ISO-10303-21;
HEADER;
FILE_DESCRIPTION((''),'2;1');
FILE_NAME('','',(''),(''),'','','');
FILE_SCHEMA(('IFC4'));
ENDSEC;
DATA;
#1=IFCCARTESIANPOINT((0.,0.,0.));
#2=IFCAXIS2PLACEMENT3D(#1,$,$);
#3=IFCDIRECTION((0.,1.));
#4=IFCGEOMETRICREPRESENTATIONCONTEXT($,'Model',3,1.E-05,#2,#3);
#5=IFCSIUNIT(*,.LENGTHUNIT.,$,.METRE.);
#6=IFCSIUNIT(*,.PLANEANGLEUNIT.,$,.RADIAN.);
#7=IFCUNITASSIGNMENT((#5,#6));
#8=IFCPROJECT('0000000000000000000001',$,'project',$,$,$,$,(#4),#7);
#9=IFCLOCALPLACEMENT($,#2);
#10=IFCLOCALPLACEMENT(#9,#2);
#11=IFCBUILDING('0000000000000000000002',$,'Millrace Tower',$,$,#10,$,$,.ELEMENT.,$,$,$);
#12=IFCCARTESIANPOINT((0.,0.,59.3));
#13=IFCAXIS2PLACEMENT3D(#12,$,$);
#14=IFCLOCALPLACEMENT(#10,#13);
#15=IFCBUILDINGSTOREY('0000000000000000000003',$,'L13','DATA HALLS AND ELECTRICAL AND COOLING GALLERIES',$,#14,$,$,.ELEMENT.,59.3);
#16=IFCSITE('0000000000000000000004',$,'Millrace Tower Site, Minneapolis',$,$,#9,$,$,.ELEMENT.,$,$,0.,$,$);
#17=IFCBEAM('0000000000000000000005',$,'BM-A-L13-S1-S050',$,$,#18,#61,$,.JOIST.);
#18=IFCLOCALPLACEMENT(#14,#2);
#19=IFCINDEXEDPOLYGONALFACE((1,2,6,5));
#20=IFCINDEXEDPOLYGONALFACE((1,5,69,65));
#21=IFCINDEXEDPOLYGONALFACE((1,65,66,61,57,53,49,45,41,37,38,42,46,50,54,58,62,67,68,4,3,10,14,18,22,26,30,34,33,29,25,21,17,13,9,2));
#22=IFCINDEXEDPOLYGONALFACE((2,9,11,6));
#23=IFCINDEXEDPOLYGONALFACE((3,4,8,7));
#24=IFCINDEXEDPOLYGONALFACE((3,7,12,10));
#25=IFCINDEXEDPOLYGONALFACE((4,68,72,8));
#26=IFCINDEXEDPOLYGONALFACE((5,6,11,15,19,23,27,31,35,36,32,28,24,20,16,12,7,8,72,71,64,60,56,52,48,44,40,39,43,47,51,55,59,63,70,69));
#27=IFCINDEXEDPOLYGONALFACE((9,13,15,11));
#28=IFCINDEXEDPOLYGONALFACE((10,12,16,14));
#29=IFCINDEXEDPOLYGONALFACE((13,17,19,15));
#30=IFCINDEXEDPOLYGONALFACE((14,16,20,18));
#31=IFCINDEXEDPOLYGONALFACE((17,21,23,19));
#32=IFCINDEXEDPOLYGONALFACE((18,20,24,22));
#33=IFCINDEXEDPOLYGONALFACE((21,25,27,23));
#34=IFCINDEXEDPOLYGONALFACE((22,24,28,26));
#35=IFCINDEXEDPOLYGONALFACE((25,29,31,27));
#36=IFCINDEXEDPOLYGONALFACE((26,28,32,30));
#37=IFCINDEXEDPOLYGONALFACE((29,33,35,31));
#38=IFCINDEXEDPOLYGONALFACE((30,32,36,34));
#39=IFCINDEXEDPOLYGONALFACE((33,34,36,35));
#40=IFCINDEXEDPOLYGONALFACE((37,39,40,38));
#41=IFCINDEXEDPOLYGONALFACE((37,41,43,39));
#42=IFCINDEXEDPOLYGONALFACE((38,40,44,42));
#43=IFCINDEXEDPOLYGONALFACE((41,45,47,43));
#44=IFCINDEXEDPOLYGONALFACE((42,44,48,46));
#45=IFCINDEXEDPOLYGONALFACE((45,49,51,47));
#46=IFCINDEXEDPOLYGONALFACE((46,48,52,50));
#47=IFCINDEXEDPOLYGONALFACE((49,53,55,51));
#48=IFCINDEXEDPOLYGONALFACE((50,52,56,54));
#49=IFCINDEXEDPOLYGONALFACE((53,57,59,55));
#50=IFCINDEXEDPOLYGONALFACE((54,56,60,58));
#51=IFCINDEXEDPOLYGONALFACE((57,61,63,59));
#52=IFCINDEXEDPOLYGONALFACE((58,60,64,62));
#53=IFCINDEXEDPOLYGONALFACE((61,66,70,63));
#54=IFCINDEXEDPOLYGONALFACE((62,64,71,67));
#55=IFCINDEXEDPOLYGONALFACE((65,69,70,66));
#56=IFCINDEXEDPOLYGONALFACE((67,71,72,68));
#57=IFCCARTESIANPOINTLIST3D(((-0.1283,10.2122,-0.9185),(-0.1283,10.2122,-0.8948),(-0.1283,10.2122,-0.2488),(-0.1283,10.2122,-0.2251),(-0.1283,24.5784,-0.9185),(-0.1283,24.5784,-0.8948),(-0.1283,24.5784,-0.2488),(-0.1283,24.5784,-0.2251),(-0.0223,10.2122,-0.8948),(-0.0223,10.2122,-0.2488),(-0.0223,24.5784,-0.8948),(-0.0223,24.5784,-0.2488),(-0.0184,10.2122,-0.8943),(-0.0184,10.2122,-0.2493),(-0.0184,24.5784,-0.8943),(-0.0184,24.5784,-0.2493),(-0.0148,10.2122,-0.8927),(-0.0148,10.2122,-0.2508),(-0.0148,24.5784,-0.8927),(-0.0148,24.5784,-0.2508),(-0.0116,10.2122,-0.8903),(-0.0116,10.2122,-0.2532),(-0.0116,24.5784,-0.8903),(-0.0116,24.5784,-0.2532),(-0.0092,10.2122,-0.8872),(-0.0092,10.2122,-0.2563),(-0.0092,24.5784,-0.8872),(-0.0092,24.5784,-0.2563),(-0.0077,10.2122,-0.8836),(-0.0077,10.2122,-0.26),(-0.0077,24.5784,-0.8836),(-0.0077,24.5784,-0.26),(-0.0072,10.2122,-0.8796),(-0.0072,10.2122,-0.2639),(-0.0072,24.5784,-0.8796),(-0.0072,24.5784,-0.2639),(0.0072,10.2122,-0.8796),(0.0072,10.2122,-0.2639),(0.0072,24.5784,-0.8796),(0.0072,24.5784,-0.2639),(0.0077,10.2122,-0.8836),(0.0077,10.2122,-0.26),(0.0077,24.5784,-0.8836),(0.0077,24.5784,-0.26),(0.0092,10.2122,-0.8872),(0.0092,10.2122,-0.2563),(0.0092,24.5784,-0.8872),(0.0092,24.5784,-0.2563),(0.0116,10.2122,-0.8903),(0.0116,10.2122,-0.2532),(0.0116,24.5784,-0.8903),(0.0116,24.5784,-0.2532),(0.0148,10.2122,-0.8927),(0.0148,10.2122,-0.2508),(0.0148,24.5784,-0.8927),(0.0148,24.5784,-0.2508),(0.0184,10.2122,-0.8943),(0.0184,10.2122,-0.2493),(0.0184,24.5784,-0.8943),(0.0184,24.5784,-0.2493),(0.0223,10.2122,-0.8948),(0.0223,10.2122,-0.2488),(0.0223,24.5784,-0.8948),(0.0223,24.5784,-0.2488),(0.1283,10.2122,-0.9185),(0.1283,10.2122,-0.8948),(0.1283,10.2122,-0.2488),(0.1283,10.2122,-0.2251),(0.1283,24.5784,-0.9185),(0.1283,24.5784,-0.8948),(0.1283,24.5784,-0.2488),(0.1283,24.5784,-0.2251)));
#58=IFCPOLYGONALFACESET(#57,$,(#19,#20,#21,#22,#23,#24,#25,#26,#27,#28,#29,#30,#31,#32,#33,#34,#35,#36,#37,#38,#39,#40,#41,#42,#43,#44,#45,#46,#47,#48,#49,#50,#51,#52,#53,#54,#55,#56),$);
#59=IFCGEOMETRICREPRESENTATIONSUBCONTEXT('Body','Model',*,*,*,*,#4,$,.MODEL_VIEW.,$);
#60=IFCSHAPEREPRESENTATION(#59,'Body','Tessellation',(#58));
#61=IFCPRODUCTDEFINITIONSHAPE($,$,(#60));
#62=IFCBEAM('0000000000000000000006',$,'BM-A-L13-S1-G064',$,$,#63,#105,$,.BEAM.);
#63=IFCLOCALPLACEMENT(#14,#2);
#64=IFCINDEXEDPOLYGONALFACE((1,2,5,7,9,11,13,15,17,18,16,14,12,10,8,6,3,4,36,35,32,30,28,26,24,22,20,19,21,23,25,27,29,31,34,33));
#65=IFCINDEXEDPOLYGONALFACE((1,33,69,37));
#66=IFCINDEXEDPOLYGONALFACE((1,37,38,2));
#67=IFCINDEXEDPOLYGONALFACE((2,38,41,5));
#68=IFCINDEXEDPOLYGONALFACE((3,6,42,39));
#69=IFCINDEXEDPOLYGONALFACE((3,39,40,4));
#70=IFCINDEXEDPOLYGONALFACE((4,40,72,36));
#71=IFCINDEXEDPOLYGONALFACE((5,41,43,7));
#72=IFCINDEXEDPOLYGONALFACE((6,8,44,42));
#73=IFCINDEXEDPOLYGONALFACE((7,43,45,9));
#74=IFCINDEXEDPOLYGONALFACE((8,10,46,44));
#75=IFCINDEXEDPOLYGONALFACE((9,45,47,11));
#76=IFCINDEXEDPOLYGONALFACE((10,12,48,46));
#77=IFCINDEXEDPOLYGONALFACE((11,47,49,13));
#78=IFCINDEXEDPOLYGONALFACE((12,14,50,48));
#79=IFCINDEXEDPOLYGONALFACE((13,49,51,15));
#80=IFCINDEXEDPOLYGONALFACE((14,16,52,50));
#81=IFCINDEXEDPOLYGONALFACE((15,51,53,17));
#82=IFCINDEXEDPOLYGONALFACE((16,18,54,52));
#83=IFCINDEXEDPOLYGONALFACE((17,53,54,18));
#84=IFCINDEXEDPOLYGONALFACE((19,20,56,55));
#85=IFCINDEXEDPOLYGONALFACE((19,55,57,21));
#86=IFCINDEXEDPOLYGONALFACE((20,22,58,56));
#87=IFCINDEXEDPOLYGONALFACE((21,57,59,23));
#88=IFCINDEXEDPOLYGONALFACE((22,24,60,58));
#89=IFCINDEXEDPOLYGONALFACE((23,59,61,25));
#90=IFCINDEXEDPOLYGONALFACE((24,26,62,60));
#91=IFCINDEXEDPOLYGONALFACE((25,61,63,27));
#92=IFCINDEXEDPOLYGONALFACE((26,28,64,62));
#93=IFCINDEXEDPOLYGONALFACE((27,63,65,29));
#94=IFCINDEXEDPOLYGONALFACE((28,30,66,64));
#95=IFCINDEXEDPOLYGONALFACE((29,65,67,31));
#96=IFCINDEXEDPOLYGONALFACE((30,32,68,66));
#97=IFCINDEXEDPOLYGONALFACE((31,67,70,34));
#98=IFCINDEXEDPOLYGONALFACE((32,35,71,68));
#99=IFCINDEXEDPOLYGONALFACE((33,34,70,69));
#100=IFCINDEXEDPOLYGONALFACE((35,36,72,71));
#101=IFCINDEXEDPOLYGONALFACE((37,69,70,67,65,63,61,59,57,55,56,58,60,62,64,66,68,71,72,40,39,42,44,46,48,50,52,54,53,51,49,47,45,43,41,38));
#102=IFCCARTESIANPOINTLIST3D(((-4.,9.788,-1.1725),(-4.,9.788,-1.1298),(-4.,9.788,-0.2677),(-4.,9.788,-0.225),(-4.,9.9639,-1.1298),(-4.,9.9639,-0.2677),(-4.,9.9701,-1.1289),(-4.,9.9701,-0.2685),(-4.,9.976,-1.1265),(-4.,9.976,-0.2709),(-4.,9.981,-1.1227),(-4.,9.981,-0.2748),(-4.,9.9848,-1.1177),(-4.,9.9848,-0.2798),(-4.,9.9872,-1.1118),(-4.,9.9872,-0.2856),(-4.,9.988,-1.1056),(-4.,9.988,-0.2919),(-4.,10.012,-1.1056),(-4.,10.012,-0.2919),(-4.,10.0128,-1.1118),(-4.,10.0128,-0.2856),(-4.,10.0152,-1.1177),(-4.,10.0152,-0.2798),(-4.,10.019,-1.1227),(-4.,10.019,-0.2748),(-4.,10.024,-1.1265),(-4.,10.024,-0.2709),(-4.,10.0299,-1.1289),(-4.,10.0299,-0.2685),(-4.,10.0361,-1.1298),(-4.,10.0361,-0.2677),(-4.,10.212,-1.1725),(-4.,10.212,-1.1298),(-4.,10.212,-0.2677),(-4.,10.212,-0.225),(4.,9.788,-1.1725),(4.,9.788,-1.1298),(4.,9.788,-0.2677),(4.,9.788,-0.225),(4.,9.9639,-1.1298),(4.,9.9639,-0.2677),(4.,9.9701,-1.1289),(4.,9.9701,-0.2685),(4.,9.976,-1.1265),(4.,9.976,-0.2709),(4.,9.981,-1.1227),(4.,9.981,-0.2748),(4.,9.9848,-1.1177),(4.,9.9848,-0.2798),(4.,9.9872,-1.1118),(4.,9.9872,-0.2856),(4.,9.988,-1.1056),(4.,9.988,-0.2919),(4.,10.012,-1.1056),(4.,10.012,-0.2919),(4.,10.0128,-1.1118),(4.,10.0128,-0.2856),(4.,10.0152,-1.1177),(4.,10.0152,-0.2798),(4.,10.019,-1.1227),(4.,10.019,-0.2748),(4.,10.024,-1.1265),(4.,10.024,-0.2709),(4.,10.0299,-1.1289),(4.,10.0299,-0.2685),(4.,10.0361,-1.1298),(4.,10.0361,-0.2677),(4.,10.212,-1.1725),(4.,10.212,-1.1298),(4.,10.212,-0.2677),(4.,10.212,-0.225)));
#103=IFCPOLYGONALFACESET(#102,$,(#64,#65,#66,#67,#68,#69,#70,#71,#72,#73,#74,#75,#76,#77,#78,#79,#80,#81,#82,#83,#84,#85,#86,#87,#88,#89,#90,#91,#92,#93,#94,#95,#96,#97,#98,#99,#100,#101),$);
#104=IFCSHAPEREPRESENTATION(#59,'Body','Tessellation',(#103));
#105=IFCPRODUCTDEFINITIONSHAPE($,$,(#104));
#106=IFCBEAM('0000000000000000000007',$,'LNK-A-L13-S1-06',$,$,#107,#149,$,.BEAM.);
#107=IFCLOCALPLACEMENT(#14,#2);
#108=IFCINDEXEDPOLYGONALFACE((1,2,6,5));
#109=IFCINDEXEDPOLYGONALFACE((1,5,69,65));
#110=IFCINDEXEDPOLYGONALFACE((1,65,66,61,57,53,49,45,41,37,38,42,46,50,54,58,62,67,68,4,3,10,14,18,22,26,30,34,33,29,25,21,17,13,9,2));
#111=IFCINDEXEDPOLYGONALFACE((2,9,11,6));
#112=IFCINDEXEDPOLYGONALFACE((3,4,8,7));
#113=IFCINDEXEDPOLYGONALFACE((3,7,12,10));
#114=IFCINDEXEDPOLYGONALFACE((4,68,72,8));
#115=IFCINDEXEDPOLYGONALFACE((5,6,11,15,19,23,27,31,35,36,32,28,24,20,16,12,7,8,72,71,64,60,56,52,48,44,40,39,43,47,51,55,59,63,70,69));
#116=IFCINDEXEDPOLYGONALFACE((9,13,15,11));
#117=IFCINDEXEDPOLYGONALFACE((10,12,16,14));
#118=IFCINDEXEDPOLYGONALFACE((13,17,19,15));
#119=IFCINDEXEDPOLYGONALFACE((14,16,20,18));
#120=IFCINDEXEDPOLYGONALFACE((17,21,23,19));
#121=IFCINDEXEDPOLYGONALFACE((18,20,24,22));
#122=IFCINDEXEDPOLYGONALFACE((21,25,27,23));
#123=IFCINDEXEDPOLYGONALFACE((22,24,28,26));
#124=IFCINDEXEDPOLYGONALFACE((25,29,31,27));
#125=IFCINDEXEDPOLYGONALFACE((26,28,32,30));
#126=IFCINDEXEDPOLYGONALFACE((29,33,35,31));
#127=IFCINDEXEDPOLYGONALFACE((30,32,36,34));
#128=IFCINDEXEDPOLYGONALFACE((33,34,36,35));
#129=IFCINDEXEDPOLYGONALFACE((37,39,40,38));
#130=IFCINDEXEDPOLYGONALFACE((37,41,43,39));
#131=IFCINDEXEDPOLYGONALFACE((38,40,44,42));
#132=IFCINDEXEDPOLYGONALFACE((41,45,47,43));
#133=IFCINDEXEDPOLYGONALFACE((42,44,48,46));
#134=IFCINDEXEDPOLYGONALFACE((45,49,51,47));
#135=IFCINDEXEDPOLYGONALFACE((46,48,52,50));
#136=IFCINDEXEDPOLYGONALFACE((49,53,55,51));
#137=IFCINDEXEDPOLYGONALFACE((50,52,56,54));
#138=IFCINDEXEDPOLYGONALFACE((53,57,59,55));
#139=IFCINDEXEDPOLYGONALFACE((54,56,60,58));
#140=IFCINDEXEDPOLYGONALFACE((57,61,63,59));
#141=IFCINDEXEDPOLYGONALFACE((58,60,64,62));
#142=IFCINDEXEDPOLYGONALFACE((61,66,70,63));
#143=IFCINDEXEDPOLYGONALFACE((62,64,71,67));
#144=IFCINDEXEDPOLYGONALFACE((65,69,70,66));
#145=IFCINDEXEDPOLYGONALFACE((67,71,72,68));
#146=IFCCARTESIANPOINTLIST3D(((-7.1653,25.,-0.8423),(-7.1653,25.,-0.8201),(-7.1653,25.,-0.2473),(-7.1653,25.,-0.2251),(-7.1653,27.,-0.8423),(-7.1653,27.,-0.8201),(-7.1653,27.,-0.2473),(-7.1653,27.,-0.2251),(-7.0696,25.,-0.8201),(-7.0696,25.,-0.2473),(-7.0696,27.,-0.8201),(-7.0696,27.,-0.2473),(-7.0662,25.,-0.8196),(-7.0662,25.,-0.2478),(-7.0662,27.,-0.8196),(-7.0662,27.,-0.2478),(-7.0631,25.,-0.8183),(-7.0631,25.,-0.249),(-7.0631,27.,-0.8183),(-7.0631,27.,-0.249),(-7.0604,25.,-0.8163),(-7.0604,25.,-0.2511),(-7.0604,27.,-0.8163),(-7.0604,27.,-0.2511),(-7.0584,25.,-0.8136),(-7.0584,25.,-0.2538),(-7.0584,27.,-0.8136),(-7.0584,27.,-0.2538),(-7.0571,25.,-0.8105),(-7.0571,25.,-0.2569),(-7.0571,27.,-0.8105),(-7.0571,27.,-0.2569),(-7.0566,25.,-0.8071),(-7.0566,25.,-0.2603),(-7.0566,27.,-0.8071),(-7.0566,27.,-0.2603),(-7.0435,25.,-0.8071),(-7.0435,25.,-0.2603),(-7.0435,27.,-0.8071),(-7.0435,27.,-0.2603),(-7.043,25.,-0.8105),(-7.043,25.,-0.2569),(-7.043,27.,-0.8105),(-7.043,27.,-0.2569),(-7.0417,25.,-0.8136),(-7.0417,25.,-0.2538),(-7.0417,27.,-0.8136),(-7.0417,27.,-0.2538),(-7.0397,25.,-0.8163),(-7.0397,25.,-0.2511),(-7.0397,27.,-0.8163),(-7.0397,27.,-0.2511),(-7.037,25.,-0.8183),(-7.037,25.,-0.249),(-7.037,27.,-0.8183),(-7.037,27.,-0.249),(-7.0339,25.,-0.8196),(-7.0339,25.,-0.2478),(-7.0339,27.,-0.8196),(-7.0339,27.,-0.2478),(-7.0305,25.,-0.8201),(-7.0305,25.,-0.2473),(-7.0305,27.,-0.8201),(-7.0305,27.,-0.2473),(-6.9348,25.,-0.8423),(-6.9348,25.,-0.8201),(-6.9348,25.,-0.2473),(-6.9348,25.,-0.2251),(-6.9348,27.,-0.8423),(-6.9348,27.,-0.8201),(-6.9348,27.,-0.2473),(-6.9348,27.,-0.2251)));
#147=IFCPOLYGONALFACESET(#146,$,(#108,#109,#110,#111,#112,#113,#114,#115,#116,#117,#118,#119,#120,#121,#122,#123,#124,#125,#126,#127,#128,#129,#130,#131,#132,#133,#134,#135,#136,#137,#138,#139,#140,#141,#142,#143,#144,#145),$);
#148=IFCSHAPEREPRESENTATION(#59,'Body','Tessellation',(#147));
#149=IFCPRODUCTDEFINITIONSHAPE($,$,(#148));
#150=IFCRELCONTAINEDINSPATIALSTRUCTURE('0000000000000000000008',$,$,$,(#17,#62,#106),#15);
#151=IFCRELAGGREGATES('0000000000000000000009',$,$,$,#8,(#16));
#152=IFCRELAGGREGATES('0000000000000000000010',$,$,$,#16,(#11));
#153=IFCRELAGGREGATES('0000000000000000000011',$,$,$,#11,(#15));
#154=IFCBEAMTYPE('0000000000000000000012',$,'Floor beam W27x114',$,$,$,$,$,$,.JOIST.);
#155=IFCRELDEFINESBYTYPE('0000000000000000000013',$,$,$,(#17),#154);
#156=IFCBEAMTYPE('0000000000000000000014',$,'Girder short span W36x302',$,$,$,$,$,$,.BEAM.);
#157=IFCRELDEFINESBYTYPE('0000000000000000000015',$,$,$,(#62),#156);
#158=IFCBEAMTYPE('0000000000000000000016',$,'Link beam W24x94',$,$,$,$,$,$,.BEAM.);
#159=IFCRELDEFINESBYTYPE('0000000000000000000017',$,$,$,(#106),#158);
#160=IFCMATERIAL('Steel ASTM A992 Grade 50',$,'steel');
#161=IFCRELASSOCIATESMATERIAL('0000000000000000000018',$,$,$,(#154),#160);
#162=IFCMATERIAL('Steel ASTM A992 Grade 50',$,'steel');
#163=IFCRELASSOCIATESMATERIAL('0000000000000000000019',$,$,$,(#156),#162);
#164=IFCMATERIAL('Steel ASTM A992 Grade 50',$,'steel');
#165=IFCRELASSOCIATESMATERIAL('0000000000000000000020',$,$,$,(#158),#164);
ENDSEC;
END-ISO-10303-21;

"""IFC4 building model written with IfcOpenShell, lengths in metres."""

from ifc_helpers import new_model, si_unit, direction, frame, origin, origin_2d, place, context, subcontext, project, spatial, i_section, extrude, material, material_profile, profile_set, type_object, element, save


model = new_model("IFC4")

# Units and contexts
model_context = context("Model", 3, precision=1e-05, world=origin(), true_north=direction((0.0, 1.0)))
body_context = subcontext(model_context, "Body", "Model", "MODEL_VIEW")
ifc_project = project(units=[si_unit("LENGTHUNIT", "METRE"), si_unit("PLANEANGLEUNIT", "RADIAN")], contexts=[model_context])

# Site, building, storey
site_placement = place(None, origin())
site = spatial("IfcSite", under=ifc_project, at=site_placement, Name="Millrace Tower Site, Minneapolis", CompositionType="ELEMENT", RefElevation=0.0)
building_placement = place(site_placement, origin())
building = spatial("IfcBuilding", under=site, at=building_placement, Name="Millrace Tower", CompositionType="ELEMENT")
storey_placement = place(building_placement, frame((0.0, 0.0, 59.3)))
storey = spatial("IfcBuildingStorey", under=building, at=storey_placement, Name="L13", Description="DATA HALLS AND ELECTRICAL AND COOLING GALLERIES", CompositionType="ELEMENT", Elevation=59.3)

# Beams
ifc_material_1 = material(Name="Steel ASTM A992 Grade 50", Category="steel")
ifc_material_profile_1 = material_profile(ifc_material_1, i_section(OverallWidth=0.2566, OverallDepth=0.6934, WebThickness=0.0144, FlangeThickness=0.0237, FilletRadius=0.0151, at=origin_2d()))
ifc_profile_set_1 = profile_set([ifc_material_profile_1], Name="Steel ASTM A992 Grade 50")
beam_type_1 = type_object("IfcBeamType", Name="Floor beam W27x114", PredefinedType="JOIST", material=ifc_profile_set_1)
for number, where, z_axis, x_axis, name in (
    (1, (0.0, 10.2122, -0.5718), (0.0, 1.0, 0.0), (-1.0, 0.0, 0.0), "BM-A-L13-S1-S050"),
):
    element("IfcBeam", number, at=place(storey_placement, frame(where, z_axis=z_axis, x_axis=x_axis)), inside=storey, type_object=beam_type_1, Name=name, PredefinedType="JOIST", context=body_context, shape_type="SweptSolid", body=[
        extrude(i_section(OverallWidth=0.2566, OverallDepth=0.6934, WebThickness=0.0144, FlangeThickness=0.0237, FilletRadius=0.0151, at=origin_2d()), origin(), (0.0, 0.0, 1.0), 14.3662),
    ])
ifc_material_2 = material(Name="Steel ASTM A992 Grade 50", Category="steel")
ifc_material_profile_2 = material_profile(ifc_material_2, i_section(OverallWidth=0.4241, OverallDepth=0.9475, WebThickness=0.0239, FlangeThickness=0.0427, FilletRadius=0.0242, at=origin_2d()))
ifc_profile_set_2 = profile_set([ifc_material_profile_2], Name="Steel ASTM A992 Grade 50")
beam_type_2 = type_object("IfcBeamType", Name="Girder short span W36x302", PredefinedType="BEAM", material=ifc_profile_set_2)
beam_1_placement = place(storey_placement, frame((-4.0, 10.0, -0.6987), z_axis=(1.0, 0.0, 0.0), x_axis=(0.0, 1.0, 0.0)))
element("IfcBeam", 2, at=beam_1_placement, inside=storey, type_object=beam_type_2, Name="BM-A-L13-S1-G064", PredefinedType="BEAM", context=body_context, shape_type="SweptSolid", body=[
    extrude(i_section(OverallWidth=0.4241, OverallDepth=0.9475, WebThickness=0.0239, FlangeThickness=0.0427, FilletRadius=0.0242, at=origin_2d()), origin(), (0.0, 0.0, 1.0), 8.0),
])
ifc_material_3 = material(Name="Steel ASTM A992 Grade 50", Category="steel")
ifc_material_profile_3 = material_profile(ifc_material_3, i_section(OverallWidth=0.2305, OverallDepth=0.6172, WebThickness=0.0132, FlangeThickness=0.0222, FilletRadius=0.0129, at=origin_2d()))
ifc_profile_set_3 = profile_set([ifc_material_profile_3], Name="Steel ASTM A992 Grade 50")
beam_type_3 = type_object("IfcBeamType", Name="Link beam W24x94", PredefinedType="BEAM", material=ifc_profile_set_3)
beam_2_placement = place(storey_placement, frame((-7.05, 25.0, -0.5337), z_axis=(0.0, 1.0, 0.0), x_axis=(-1.0, 0.0, 0.0)))
element("IfcBeam", 3, at=beam_2_placement, inside=storey, type_object=beam_type_3, Name="LNK-A-L13-S1-06", PredefinedType="BEAM", context=body_context, shape_type="SweptSolid", body=[
    extrude(i_section(OverallWidth=0.2305, OverallDepth=0.6172, WebThickness=0.0132, FlangeThickness=0.0222, FilletRadius=0.0129, at=origin_2d()), origin(), (0.0, 0.0, 1.0), 2.0),
])

save(model, "model.ifc")
